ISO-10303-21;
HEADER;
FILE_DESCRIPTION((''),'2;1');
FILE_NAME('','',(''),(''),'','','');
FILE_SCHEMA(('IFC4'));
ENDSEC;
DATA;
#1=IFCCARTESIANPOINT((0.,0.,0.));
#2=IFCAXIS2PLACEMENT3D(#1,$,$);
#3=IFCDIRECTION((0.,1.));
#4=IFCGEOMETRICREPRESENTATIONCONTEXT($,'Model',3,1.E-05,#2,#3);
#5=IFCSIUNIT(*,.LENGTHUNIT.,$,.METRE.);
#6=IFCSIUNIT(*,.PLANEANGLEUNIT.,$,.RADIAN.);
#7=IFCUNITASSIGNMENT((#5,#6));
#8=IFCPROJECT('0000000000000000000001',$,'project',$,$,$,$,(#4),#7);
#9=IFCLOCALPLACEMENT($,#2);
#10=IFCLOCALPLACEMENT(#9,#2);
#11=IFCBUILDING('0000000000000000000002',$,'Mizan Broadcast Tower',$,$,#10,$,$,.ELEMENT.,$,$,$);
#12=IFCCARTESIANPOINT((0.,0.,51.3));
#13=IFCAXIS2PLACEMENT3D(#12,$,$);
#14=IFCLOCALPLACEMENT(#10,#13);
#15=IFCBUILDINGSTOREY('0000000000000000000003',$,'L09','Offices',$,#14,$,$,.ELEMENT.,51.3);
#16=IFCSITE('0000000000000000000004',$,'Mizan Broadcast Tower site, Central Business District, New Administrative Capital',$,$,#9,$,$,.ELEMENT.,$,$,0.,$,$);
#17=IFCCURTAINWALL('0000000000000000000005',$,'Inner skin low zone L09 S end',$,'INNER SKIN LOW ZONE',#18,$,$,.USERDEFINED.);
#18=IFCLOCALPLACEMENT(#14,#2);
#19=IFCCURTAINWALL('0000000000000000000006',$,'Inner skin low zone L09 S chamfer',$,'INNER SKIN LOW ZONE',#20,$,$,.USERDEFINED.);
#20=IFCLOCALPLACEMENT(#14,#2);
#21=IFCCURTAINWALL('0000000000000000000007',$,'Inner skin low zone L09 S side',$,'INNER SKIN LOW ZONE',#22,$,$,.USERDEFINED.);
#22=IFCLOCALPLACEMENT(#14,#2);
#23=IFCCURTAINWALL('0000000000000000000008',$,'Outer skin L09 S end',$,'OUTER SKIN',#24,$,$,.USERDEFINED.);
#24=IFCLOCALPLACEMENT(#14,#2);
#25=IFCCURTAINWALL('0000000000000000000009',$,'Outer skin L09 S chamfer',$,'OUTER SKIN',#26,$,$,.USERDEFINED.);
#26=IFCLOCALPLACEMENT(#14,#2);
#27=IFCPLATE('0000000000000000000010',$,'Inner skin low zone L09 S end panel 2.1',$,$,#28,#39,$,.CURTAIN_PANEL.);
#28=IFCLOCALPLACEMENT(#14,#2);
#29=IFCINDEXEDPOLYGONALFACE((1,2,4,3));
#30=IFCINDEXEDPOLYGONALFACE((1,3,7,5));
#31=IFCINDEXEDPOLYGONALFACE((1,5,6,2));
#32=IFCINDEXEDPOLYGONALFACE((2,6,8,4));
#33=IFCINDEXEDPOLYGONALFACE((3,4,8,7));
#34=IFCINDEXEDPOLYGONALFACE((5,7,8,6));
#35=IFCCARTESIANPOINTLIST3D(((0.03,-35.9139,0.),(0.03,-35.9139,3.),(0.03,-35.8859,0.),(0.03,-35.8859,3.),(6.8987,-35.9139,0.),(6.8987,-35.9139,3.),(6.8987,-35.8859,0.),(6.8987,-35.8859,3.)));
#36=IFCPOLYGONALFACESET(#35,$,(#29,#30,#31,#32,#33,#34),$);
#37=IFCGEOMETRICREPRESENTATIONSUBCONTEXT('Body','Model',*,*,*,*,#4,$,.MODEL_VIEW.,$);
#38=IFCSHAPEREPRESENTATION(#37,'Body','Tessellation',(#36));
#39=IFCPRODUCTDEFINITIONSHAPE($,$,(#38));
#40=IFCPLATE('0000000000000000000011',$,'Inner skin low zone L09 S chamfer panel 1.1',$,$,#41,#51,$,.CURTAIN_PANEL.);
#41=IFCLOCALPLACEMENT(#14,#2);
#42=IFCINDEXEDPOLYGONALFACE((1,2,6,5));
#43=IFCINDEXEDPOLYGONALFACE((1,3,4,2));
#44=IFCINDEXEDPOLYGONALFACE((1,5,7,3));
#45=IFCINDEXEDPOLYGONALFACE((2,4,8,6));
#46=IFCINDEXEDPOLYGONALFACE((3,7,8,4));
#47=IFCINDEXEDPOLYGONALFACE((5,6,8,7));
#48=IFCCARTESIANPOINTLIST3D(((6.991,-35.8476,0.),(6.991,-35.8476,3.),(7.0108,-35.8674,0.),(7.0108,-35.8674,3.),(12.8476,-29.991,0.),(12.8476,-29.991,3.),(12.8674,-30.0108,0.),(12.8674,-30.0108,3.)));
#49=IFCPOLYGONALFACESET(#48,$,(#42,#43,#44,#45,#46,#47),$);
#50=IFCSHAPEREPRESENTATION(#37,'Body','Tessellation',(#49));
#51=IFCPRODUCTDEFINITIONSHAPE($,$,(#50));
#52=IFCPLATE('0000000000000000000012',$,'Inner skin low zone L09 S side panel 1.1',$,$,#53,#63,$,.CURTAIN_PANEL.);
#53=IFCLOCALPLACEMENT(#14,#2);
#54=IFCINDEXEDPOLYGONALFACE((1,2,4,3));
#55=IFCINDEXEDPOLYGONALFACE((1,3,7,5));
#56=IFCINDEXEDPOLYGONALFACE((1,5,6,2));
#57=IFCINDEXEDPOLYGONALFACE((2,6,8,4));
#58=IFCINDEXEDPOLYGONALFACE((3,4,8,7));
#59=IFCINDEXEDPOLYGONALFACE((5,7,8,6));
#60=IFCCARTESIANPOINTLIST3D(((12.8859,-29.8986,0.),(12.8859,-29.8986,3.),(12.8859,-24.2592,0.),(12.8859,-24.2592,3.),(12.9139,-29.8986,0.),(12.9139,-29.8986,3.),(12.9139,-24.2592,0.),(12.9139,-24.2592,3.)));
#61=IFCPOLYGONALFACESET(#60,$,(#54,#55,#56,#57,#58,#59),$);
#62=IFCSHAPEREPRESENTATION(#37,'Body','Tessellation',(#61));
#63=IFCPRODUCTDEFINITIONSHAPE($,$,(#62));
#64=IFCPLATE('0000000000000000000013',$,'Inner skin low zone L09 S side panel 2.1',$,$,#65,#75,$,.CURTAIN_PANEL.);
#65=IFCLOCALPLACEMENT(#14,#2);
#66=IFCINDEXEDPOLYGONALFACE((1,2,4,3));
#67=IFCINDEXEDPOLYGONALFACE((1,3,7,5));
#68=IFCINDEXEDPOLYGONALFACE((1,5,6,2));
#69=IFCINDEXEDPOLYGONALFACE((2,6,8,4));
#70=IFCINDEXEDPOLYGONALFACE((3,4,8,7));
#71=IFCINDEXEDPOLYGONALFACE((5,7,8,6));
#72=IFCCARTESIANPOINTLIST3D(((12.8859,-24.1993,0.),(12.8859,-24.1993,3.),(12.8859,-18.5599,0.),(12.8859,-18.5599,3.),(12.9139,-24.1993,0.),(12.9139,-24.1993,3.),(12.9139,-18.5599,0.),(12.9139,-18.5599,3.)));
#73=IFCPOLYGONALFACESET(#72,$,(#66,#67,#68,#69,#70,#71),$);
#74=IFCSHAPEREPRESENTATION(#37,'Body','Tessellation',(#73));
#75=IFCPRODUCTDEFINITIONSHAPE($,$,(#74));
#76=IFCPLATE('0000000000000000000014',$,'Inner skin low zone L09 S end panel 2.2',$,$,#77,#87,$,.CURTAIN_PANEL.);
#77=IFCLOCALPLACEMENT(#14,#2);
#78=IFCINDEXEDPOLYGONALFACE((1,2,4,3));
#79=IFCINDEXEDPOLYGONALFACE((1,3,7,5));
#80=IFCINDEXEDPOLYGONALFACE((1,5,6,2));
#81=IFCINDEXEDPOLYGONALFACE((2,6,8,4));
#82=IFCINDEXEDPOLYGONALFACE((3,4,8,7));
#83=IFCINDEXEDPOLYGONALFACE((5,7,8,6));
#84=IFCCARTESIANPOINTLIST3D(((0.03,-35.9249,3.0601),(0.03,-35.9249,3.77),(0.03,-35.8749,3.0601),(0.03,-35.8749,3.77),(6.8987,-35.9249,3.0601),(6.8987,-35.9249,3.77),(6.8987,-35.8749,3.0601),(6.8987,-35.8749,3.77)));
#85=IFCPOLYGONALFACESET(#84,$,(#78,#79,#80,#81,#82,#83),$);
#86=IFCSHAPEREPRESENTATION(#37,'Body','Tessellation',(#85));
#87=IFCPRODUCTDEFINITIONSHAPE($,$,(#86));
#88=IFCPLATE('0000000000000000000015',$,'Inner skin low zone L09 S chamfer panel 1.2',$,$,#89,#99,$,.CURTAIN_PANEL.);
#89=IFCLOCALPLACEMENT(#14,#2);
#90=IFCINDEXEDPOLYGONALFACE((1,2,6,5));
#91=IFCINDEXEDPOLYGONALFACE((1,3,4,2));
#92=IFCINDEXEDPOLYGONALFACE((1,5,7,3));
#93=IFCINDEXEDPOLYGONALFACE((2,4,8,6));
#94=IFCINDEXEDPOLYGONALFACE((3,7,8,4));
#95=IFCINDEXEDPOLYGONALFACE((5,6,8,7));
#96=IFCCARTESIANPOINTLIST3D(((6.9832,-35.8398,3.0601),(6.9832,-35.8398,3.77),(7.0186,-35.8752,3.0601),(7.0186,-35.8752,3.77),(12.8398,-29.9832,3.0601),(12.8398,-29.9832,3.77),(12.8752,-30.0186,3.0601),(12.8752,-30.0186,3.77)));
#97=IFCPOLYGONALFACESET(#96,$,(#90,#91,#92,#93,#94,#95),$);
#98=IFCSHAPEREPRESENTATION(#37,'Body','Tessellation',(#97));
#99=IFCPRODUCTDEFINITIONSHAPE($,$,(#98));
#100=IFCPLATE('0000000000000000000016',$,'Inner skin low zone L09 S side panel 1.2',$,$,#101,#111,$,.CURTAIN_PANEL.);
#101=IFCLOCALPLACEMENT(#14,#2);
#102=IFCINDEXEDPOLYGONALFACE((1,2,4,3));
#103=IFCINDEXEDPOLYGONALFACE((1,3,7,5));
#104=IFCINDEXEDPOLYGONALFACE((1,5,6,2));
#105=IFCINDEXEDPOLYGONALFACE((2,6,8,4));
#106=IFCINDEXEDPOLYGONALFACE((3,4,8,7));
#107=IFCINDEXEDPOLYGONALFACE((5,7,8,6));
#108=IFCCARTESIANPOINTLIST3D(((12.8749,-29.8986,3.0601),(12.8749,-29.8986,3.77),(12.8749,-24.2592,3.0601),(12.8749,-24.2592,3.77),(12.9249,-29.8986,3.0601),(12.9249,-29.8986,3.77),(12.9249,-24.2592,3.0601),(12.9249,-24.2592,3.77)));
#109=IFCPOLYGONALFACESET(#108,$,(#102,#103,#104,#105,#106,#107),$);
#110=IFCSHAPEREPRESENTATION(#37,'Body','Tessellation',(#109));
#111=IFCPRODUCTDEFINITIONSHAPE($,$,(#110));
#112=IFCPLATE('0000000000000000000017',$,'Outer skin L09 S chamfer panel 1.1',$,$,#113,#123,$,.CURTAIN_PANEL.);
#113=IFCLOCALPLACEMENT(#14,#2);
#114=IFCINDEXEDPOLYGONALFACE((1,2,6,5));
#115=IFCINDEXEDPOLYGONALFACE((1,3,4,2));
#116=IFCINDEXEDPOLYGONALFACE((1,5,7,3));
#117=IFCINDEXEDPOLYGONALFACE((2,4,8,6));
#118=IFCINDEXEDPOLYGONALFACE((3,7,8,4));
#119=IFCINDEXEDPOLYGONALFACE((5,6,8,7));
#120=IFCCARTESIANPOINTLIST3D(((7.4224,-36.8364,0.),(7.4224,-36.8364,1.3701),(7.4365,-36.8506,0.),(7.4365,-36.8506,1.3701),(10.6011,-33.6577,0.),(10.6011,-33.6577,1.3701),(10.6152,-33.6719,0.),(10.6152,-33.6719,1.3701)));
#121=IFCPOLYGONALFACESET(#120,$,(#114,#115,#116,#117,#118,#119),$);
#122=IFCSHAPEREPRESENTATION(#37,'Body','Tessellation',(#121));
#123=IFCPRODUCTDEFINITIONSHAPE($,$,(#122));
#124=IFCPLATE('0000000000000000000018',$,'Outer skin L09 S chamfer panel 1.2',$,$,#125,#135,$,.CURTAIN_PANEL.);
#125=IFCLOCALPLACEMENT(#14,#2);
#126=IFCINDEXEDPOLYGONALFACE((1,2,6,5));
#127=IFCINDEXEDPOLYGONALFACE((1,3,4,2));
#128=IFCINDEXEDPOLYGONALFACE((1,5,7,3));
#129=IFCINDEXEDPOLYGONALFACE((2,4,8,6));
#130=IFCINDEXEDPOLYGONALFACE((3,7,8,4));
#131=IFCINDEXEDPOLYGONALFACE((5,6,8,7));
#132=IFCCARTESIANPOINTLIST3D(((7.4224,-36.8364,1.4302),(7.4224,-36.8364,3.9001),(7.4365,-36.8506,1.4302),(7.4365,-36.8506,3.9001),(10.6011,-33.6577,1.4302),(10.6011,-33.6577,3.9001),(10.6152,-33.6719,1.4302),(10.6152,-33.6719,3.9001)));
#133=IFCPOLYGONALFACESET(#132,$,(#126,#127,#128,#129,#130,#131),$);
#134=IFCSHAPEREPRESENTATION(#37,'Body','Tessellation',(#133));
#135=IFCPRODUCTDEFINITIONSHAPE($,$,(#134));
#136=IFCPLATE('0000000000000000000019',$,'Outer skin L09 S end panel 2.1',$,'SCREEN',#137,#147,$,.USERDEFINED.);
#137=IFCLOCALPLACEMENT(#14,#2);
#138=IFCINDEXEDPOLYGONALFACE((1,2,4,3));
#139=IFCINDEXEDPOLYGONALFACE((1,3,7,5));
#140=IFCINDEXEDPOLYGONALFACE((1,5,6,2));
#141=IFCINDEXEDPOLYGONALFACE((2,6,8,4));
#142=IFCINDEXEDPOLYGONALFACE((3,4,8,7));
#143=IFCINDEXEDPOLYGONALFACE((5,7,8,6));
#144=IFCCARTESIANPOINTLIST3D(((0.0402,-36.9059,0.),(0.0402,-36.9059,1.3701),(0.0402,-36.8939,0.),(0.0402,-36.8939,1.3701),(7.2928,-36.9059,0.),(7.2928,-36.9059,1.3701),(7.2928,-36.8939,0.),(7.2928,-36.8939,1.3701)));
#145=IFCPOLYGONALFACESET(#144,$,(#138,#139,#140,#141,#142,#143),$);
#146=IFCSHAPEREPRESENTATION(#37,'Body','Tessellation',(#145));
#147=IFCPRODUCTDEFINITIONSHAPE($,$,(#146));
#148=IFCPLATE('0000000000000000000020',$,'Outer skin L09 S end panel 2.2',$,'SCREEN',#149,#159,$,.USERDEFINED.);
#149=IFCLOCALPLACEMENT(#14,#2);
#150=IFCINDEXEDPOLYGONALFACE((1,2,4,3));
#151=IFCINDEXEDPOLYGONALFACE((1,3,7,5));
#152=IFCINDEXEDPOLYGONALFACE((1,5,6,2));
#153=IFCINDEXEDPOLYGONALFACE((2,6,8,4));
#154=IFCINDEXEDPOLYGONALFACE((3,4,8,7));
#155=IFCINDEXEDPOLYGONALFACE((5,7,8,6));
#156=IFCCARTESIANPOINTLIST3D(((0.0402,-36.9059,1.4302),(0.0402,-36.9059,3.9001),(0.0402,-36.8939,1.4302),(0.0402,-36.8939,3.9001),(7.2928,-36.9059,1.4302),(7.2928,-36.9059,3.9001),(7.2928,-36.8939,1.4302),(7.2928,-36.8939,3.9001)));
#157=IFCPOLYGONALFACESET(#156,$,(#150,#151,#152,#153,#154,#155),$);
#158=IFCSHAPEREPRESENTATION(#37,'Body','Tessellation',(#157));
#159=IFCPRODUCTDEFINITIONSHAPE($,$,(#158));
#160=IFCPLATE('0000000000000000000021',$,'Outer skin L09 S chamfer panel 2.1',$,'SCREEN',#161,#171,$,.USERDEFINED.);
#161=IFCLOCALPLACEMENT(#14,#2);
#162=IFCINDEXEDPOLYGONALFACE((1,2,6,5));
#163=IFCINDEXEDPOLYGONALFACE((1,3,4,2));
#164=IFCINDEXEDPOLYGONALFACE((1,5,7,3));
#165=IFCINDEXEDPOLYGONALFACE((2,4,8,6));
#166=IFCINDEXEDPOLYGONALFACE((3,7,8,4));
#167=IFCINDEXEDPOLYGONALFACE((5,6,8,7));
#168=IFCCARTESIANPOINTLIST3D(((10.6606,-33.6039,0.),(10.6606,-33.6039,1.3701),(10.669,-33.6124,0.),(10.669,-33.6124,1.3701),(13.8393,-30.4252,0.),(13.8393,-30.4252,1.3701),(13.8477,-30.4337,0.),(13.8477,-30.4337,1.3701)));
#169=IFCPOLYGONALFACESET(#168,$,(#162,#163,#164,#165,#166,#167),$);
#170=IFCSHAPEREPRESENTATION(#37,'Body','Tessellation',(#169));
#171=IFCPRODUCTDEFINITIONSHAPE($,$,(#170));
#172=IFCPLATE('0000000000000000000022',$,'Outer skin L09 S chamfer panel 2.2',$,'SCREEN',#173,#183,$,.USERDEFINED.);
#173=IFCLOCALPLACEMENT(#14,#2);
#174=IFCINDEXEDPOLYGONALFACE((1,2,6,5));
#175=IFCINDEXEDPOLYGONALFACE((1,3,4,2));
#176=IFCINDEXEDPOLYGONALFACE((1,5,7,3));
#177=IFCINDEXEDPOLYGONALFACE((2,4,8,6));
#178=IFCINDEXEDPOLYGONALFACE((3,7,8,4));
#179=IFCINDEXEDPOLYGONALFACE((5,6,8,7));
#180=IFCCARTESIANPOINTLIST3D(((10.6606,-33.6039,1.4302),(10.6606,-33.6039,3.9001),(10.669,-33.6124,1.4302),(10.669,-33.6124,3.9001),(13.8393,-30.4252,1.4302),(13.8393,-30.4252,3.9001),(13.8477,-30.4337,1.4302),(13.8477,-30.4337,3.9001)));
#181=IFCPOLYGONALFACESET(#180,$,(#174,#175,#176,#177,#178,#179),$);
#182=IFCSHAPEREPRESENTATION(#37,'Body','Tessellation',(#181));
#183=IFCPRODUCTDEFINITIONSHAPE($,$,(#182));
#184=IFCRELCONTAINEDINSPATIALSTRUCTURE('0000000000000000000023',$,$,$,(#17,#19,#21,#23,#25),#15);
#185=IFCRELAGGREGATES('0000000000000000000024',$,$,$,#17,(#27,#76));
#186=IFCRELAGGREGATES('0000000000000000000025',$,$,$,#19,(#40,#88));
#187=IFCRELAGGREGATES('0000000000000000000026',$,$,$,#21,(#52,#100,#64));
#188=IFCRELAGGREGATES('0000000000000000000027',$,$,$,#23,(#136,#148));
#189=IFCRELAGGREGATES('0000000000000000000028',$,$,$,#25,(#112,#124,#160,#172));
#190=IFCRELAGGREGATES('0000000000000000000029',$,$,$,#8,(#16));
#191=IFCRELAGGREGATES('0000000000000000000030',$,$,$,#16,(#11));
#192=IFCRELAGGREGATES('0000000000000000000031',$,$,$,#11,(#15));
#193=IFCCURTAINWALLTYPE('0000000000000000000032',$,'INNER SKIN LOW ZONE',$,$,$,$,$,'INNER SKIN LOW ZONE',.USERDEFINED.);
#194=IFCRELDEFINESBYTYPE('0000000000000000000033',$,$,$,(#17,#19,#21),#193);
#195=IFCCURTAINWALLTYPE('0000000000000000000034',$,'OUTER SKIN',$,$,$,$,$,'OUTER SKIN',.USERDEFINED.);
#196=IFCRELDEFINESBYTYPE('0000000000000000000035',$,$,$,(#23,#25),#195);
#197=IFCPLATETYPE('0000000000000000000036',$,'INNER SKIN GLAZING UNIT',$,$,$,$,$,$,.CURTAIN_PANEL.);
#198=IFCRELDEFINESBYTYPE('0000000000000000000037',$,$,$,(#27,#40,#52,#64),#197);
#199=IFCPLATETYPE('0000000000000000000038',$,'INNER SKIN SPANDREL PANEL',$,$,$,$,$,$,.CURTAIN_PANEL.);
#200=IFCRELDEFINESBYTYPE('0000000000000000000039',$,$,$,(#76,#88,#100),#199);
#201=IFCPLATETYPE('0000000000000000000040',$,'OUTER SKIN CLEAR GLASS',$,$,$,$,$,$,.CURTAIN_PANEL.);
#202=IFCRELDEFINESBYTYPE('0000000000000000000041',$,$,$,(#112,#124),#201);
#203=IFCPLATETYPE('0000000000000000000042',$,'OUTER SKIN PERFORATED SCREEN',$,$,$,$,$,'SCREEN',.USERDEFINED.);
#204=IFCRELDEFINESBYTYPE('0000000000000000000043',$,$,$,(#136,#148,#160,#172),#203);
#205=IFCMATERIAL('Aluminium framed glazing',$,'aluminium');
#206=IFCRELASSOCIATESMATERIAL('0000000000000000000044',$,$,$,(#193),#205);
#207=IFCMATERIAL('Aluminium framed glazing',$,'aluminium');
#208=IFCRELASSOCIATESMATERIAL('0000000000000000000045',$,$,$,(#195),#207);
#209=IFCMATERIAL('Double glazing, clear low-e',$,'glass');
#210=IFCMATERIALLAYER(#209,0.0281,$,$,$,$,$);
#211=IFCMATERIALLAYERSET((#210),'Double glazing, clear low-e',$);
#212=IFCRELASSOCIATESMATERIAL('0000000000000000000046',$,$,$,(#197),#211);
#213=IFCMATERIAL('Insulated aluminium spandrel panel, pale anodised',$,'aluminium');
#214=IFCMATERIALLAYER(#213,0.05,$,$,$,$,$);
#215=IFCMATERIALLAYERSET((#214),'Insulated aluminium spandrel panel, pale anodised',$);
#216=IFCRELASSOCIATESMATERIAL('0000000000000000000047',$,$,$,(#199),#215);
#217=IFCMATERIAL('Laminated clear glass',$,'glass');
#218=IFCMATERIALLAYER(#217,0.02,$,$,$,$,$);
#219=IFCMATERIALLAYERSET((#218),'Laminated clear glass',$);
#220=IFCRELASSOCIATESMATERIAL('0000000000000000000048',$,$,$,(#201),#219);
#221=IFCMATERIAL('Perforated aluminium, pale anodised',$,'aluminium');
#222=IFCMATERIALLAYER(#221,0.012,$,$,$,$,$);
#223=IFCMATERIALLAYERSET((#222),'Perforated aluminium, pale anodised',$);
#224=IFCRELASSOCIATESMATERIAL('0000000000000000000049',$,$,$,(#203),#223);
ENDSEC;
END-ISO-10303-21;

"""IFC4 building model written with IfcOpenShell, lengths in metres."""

from ifc_helpers import new_model, si_unit, direction, frame, origin, origin_2d, place, context, subcontext, project, spatial, rectangle, extrude, material, layer, layer_set, type_object, element, aggregate, save


model = new_model("IFC4")

# Units and contexts
model_context = context("Model", 3, precision=1e-05, world=origin(), true_north=direction((0.0, 1.0)))
body_context = subcontext(model_context, "Body", "Model", "MODEL_VIEW")
ifc_project = project(units=[si_unit("LENGTHUNIT", "METRE"), si_unit("PLANEANGLEUNIT", "RADIAN")], contexts=[model_context])

# Site, building, storey
site_placement = place(None, origin())
site = spatial("IfcSite", under=ifc_project, at=site_placement, Name="Mizan Broadcast Tower site, Central Business District, New Administrative Capital", CompositionType="ELEMENT", RefElevation=0.0)
building_placement = place(site_placement, origin())
building = spatial("IfcBuilding", under=site, at=building_placement, Name="Mizan Broadcast Tower", CompositionType="ELEMENT")
storey_placement = place(building_placement, frame((0.0, 0.0, 51.3)))
storey = spatial("IfcBuildingStorey", under=building, at=storey_placement, Name="L09", Description="Offices", CompositionType="ELEMENT", Elevation=51.3)

# Curtain wall
ifc_material_1 = material(Name="Aluminium framed glazing", Category="aluminium")
curtain_wall_type_1 = type_object("IfcCurtainWallType", Name="INNER SKIN LOW ZONE", ElementType="INNER SKIN LOW ZONE", PredefinedType="USERDEFINED", material=ifc_material_1)
curtain_wall_1_placement = place(storey_placement, origin())
curtain_wall_1 = element("IfcCurtainWall", 1, at=curtain_wall_1_placement, inside=storey, type_object=curtain_wall_type_1, Name="Inner skin low zone L09 S end", ObjectType="INNER SKIN LOW ZONE", PredefinedType="USERDEFINED")

# Curtain walls
curtain_wall_2_placement = place(storey_placement, origin())
curtain_wall_2 = element("IfcCurtainWall", 2, at=curtain_wall_2_placement, inside=storey, type_object=curtain_wall_type_1, Name="Inner skin low zone L09 S chamfer", ObjectType="INNER SKIN LOW ZONE", PredefinedType="USERDEFINED")
curtain_wall_3_placement = place(storey_placement, origin())
curtain_wall_3 = element("IfcCurtainWall", 3, at=curtain_wall_3_placement, inside=storey, type_object=curtain_wall_type_1, Name="Inner skin low zone L09 S side", ObjectType="INNER SKIN LOW ZONE", PredefinedType="USERDEFINED")

# Curtain wall
ifc_material_2 = material(Name="Aluminium framed glazing", Category="aluminium")
curtain_wall_type_2 = type_object("IfcCurtainWallType", Name="OUTER SKIN", ElementType="OUTER SKIN", PredefinedType="USERDEFINED", material=ifc_material_2)
curtain_wall_4_placement = place(storey_placement, origin())
curtain_wall_4 = element("IfcCurtainWall", 4, at=curtain_wall_4_placement, inside=storey, type_object=curtain_wall_type_2, Name="Outer skin L09 S end", ObjectType="OUTER SKIN", PredefinedType="USERDEFINED")

# Curtain wall
curtain_wall_5_placement = place(storey_placement, origin())
curtain_wall_5 = element("IfcCurtainWall", 5, at=curtain_wall_5_placement, inside=storey, type_object=curtain_wall_type_2, Name="Outer skin L09 S chamfer", ObjectType="OUTER SKIN", PredefinedType="USERDEFINED")

# Plates
ifc_material_3 = material(Name="Double glazing, clear low-e", Category="glass")
ifc_layer_1 = layer(ifc_material_3, 0.0281)
ifc_layer_set_1 = layer_set([ifc_layer_1], Name="Double glazing, clear low-e")
plate_type_1 = type_object("IfcPlateType", Name="INNER SKIN GLAZING UNIT", PredefinedType="CURTAIN_PANEL", material=ifc_layer_set_1)
plate_1_placement = place(storey_placement, frame((3.4644, -35.8999, 0.0), z_axis=(0.0, 0.0, 1.0), x_axis=(1.0, 0.0, 0.0)))
plate_1 = element("IfcPlate", 6, at=plate_1_placement, type_object=plate_type_1, Name="Inner skin low zone L09 S end panel 2.1", PredefinedType="CURTAIN_PANEL", context=body_context, shape_type="SweptSolid", body=[
    extrude(rectangle(XDim=6.8687, YDim=0.0281, at=origin_2d()), origin(), (0.0, 0.0, 1.0), 3.0),
])
plate_2_placement = place(storey_placement, frame((9.9292, -32.9292, 0.0), z_axis=(0.0, 0.0, 1.0), x_axis=(0.707107, 0.707107, 0.0)))
plate_2 = element("IfcPlate", 7, at=plate_2_placement, type_object=plate_type_1, Name="Inner skin low zone L09 S chamfer panel 1.1", PredefinedType="CURTAIN_PANEL", context=body_context, shape_type="SweptSolid", body=[
    extrude(rectangle(XDim=8.2825, YDim=0.0281, at=origin_2d()), origin(), (0.0, 0.0, 1.0), 3.0),
])
plate_3_placement = place(storey_placement, frame((12.8999, -27.0789, 0.0), z_axis=(0.0, 0.0, 1.0), x_axis=(0.0, 1.0, 0.0)))
plate_3 = element("IfcPlate", 8, at=plate_3_placement, type_object=plate_type_1, Name="Inner skin low zone L09 S side panel 1.1", PredefinedType="CURTAIN_PANEL", context=body_context, shape_type="SweptSolid", body=[
    extrude(rectangle(XDim=5.6394, YDim=0.0281, at=origin_2d()), origin(), (0.0, 0.0, 1.0), 3.0),
])
plate_4_placement = place(storey_placement, frame((12.8999, -21.3796, 0.0), z_axis=(0.0, 0.0, 1.0), x_axis=(0.0, 1.0, 0.0)))
plate_4 = element("IfcPlate", 9, at=plate_4_placement, type_object=plate_type_1, Name="Inner skin low zone L09 S side panel 2.1", PredefinedType="CURTAIN_PANEL", context=body_context, shape_type="SweptSolid", body=[
    extrude(rectangle(XDim=5.6394, YDim=0.0281, at=origin_2d()), origin(), (0.0, 0.0, 1.0), 3.0),
])
ifc_material_4 = material(Name="Insulated aluminium spandrel panel, pale anodised", Category="aluminium")
ifc_layer_2 = layer(ifc_material_4, 0.05)
ifc_layer_set_2 = layer_set([ifc_layer_2], Name="Insulated aluminium spandrel panel, pale anodised")
plate_type_2 = type_object("IfcPlateType", Name="INNER SKIN SPANDREL PANEL", PredefinedType="CURTAIN_PANEL", material=ifc_layer_set_2)
plate_5_placement = place(storey_placement, frame((3.4644, -35.8999, 3.0601), z_axis=(0.0, 0.0, 1.0), x_axis=(1.0, 0.0, 0.0)))
plate_5 = element("IfcPlate", 10, at=plate_5_placement, type_object=plate_type_2, Name="Inner skin low zone L09 S end panel 2.2", PredefinedType="CURTAIN_PANEL", context=body_context, shape_type="SweptSolid", body=[
    extrude(rectangle(XDim=6.8687, YDim=0.05, at=origin_2d()), origin(), (0.0, 0.0, 1.0), 0.71),
])
aggregate(curtain_wall_1, [plate_1, plate_5])
plate_6_placement = place(storey_placement, frame((9.9292, -32.9292, 3.0601), z_axis=(0.0, 0.0, 1.0), x_axis=(0.707107, 0.707107, 0.0)))
plate_6 = element("IfcPlate", 11, at=plate_6_placement, type_object=plate_type_2, Name="Inner skin low zone L09 S chamfer panel 1.2", PredefinedType="CURTAIN_PANEL", context=body_context, shape_type="SweptSolid", body=[
    extrude(rectangle(XDim=8.2825, YDim=0.05, at=origin_2d()), origin(), (0.0, 0.0, 1.0), 0.71),
])
aggregate(curtain_wall_2, [plate_2, plate_6])
plate_7_placement = place(storey_placement, frame((12.8999, -27.0789, 3.0601), z_axis=(0.0, 0.0, 1.0), x_axis=(0.0, 1.0, 0.0)))
plate_7 = element("IfcPlate", 12, at=plate_7_placement, type_object=plate_type_2, Name="Inner skin low zone L09 S side panel 1.2", PredefinedType="CURTAIN_PANEL", context=body_context, shape_type="SweptSolid", body=[
    extrude(rectangle(XDim=5.6394, YDim=0.05, at=origin_2d()), origin(), (0.0, 0.0, 1.0), 0.71),
])
aggregate(curtain_wall_3, [plate_3, plate_7, plate_4])
ifc_material_5 = material(Name="Laminated clear glass", Category="glass")
ifc_layer_3 = layer(ifc_material_5, 0.02)
ifc_layer_set_3 = layer_set([ifc_layer_3], Name="Laminated clear glass")
plate_type_3 = type_object("IfcPlateType", Name="OUTER SKIN CLEAR GLASS", PredefinedType="CURTAIN_PANEL", material=ifc_layer_set_3)
plate_8_placement = place(storey_placement, frame((9.0188, -35.2542, 0.0), z_axis=(0.0, 0.0, 1.0), x_axis=(0.707107, 0.707107, 0.0)))
plate_8 = element("IfcPlate", 13, at=plate_8_placement, type_object=plate_type_3, Name="Outer skin L09 S chamfer panel 1.1", PredefinedType="CURTAIN_PANEL", context=body_context, shape_type="SweptSolid", body=[
    extrude(rectangle(XDim=4.4954, YDim=0.02, at=origin_2d()), origin(), (0.0, 0.0, 1.0), 1.3701),
])
plate_9_placement = place(storey_placement, frame((9.0188, -35.2542, 1.4302), z_axis=(0.0, 0.0, 1.0), x_axis=(0.707107, 0.707107, 0.0)))
plate_9 = element("IfcPlate", 14, at=plate_9_placement, type_object=plate_type_3, Name="Outer skin L09 S chamfer panel 1.2", PredefinedType="CURTAIN_PANEL", context=body_context, shape_type="SweptSolid", body=[
    extrude(rectangle(XDim=4.4954, YDim=0.02, at=origin_2d()), origin(), (0.0, 0.0, 1.0), 2.47),
])
ifc_material_6 = material(Name="Perforated aluminium, pale anodised", Category="aluminium")
ifc_layer_4 = layer(ifc_material_6, 0.012)
ifc_layer_set_4 = layer_set([ifc_layer_4], Name="Perforated aluminium, pale anodised")
plate_type_4 = type_object("IfcPlateType", Name="OUTER SKIN PERFORATED SCREEN", ElementType="SCREEN", PredefinedType="USERDEFINED", material=ifc_layer_set_4)
plate_10_placement = place(storey_placement, frame((3.6665, -36.8999, 0.0), z_axis=(0.0, 0.0, 1.0), x_axis=(1.0, 0.0, 0.0)))
plate_10 = element("IfcPlate", 15, at=plate_10_placement, type_object=plate_type_4, Name="Outer skin L09 S end panel 2.1", ObjectType="SCREEN", PredefinedType="USERDEFINED", context=body_context, shape_type="SweptSolid", body=[
    extrude(rectangle(XDim=7.2527, YDim=0.012, at=origin_2d()), origin(), (0.0, 0.0, 1.0), 1.3701),
])
plate_11_placement = place(storey_placement, frame((3.6665, -36.8999, 1.4302), z_axis=(0.0, 0.0, 1.0), x_axis=(1.0, 0.0, 0.0)))
plate_11 = element("IfcPlate", 16, at=plate_11_placement, type_object=plate_type_4, Name="Outer skin L09 S end panel 2.2", ObjectType="SCREEN", PredefinedType="USERDEFINED", context=body_context, shape_type="SweptSolid", body=[
    extrude(rectangle(XDim=7.2527, YDim=0.012, at=origin_2d()), origin(), (0.0, 0.0, 1.0), 2.47),
])
aggregate(curtain_wall_4, [plate_10, plate_11])
plate_12_placement = place(storey_placement, frame((12.2542, -32.0188, 0.0), z_axis=(0.0, 0.0, 1.0), x_axis=(0.707107, 0.707107, 0.0)))
plate_12 = element("IfcPlate", 17, at=plate_12_placement, type_object=plate_type_4, Name="Outer skin L09 S chamfer panel 2.1", ObjectType="SCREEN", PredefinedType="USERDEFINED", context=body_context, shape_type="SweptSolid", body=[
    extrude(rectangle(XDim=4.4954, YDim=0.012, at=origin_2d()), origin(), (0.0, 0.0, 1.0), 1.3701),
])
plate_13_placement = place(storey_placement, frame((12.2542, -32.0188, 1.4302), z_axis=(0.0, 0.0, 1.0), x_axis=(0.707107, 0.707107, 0.0)))
plate_13 = element("IfcPlate", 18, at=plate_13_placement, type_object=plate_type_4, Name="Outer skin L09 S chamfer panel 2.2", ObjectType="SCREEN", PredefinedType="USERDEFINED", context=body_context, shape_type="SweptSolid", body=[
    extrude(rectangle(XDim=4.4954, YDim=0.012, at=origin_2d()), origin(), (0.0, 0.0, 1.0), 2.47),
])
aggregate(curtain_wall_5, [plate_8, plate_9, plate_12, plate_13])

save(model, "model.ifc")
